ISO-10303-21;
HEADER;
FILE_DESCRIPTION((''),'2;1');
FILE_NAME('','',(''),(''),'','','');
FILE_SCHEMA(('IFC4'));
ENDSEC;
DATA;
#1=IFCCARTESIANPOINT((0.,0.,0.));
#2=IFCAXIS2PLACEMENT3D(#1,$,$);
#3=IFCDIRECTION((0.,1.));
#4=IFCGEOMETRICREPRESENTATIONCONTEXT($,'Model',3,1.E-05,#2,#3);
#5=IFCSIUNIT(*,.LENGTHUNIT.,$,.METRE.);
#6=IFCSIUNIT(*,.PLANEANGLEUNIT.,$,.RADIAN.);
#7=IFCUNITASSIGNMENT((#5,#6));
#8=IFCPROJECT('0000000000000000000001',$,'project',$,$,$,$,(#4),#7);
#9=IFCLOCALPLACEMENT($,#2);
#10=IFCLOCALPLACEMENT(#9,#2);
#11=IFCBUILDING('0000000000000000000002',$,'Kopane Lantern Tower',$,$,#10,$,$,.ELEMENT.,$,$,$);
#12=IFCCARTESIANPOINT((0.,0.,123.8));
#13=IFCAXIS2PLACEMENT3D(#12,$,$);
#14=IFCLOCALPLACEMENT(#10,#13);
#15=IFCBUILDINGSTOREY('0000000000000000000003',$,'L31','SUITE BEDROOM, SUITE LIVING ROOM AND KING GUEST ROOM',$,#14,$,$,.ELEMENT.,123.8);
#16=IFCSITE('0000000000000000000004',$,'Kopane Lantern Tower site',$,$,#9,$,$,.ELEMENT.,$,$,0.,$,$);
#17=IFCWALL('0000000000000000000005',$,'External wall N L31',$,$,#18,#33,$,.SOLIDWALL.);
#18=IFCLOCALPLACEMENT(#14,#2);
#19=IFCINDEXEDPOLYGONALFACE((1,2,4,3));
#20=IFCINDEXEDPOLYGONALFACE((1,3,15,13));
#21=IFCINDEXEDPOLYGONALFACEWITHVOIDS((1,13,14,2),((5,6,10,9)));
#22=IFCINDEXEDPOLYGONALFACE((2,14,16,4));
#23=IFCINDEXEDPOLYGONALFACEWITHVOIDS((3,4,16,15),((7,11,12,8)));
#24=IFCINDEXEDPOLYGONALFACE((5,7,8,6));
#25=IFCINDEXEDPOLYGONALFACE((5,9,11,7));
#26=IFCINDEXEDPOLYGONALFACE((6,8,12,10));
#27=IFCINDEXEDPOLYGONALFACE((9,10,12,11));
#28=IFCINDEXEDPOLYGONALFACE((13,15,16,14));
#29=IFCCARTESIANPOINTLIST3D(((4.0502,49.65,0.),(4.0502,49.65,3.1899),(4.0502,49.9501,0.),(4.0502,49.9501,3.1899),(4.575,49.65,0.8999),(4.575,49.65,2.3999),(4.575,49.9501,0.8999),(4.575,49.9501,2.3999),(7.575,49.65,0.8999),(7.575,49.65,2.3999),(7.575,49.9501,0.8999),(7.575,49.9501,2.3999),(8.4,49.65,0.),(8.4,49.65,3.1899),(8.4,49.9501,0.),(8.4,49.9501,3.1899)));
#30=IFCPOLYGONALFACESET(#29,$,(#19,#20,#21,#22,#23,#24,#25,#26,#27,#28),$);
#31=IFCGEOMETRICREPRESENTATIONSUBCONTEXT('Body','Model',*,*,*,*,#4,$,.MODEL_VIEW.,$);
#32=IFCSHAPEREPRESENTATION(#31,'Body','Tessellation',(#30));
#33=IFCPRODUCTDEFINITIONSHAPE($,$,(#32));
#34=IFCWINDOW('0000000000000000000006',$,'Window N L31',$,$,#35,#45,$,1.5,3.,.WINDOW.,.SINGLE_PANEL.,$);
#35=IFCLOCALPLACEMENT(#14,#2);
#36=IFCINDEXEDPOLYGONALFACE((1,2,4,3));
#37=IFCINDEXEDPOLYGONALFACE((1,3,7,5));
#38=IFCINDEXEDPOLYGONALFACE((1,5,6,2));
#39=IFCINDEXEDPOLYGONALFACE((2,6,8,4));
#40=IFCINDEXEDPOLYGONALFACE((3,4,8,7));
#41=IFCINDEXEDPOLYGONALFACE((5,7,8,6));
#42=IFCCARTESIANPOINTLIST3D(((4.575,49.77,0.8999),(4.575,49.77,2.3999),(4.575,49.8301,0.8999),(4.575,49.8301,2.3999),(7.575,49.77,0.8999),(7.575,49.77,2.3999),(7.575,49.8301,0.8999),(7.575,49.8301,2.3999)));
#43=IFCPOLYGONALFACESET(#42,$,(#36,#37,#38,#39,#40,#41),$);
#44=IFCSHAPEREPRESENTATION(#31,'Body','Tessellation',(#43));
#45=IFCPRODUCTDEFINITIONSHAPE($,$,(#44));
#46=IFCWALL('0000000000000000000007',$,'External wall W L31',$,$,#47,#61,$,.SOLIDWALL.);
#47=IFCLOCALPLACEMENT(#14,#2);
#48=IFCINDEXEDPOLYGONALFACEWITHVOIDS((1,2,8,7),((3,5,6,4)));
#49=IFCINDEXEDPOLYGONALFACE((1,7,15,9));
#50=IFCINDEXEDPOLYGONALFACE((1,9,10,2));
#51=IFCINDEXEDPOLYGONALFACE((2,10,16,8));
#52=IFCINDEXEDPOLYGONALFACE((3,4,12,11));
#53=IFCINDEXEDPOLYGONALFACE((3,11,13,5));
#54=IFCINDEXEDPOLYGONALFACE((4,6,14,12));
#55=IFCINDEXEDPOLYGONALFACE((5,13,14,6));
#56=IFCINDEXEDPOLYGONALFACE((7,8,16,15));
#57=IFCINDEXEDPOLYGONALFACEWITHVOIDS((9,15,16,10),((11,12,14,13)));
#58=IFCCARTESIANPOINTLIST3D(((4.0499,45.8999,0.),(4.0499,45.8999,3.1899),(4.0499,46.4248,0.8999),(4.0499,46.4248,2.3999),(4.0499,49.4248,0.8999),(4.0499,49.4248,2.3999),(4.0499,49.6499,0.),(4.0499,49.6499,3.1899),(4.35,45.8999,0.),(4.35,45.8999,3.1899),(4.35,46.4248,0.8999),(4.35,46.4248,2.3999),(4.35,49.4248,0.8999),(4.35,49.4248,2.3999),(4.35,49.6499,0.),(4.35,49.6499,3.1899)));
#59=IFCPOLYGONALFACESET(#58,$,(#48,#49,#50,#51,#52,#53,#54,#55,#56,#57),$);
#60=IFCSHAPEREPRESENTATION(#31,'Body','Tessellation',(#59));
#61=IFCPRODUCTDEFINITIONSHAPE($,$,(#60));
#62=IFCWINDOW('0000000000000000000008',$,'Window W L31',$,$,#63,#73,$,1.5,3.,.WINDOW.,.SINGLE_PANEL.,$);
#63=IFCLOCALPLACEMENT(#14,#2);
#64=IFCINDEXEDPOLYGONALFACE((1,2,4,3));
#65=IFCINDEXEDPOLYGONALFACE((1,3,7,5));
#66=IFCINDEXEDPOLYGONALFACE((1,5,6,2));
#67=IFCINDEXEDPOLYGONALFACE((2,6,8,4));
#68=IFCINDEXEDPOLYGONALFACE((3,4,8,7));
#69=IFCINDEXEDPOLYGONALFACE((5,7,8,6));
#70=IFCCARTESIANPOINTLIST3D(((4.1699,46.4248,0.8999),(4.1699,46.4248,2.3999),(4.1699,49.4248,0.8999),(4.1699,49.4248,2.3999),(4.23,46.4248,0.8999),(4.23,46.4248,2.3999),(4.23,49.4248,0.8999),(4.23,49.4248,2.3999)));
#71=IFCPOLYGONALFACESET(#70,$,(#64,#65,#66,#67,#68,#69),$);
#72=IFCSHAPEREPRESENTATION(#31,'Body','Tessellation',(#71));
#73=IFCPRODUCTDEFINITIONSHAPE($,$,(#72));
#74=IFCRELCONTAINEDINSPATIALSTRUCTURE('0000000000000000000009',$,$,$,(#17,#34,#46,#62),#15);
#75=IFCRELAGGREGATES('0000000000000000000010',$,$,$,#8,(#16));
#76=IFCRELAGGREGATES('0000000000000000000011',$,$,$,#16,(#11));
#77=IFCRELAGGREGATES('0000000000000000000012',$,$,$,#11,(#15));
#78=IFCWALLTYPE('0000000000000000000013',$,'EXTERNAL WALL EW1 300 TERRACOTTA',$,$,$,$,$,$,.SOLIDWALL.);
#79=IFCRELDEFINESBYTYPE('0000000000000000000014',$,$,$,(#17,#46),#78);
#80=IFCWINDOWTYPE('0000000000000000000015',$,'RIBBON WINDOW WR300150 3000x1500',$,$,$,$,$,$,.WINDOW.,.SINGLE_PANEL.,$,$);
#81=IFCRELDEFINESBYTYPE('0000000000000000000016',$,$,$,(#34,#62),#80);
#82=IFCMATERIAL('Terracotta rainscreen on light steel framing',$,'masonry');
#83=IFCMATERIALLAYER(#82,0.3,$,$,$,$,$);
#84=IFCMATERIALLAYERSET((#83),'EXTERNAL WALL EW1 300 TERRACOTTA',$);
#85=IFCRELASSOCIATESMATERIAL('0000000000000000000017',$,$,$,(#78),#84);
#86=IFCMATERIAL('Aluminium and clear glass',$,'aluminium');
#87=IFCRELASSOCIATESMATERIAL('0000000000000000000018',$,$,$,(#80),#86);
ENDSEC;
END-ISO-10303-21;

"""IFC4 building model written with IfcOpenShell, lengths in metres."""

from ifc_helpers import new_model, si_unit, direction, frame, frame_2d, origin, place, context, subcontext, project, spatial, rectangle, extrude, material, layer, layer_set, type_object, element, fill, save


model = new_model("IFC4")

# Units and contexts
model_context = context("Model", 3, precision=1e-05, world=origin(), true_north=direction((0.0, 1.0)))
body_context = subcontext(model_context, "Body", "Model", "MODEL_VIEW")
ifc_project = project(units=[si_unit("LENGTHUNIT", "METRE"), si_unit("PLANEANGLEUNIT", "RADIAN")], contexts=[model_context])

# Site, building, storey
site_placement = place(None, origin())
site = spatial("IfcSite", under=ifc_project, at=site_placement, Name="Kopane Lantern Tower site", CompositionType="ELEMENT", RefElevation=0.0)
building_placement = place(site_placement, origin())
building = spatial("IfcBuilding", under=site, at=building_placement, Name="Kopane Lantern Tower", CompositionType="ELEMENT")
storey_placement = place(building_placement, frame((0.0, 0.0, 123.8)))
storey = spatial("IfcBuildingStorey", under=building, at=storey_placement, Name="L31", Description="SUITE BEDROOM, SUITE LIVING ROOM AND KING GUEST ROOM", CompositionType="ELEMENT", Elevation=123.8)

# Walls, openings, windows
ifc_material_1 = material(Name="Terracotta rainscreen on light steel framing", Category="masonry")
ifc_layer_1 = layer(ifc_material_1, 0.3)
ifc_layer_set_1 = layer_set([ifc_layer_1], Name="EXTERNAL WALL EW1 300 TERRACOTTA")
wall_type_1 = type_object("IfcWallType", Name="EXTERNAL WALL EW1 300 TERRACOTTA", PredefinedType="SOLIDWALL", material=ifc_layer_set_1)
ifc_material_2 = material(Name="Aluminium and clear glass", Category="aluminium")
window_type = type_object("IfcWindowType", Name="RIBBON WINDOW WR300150 3000x1500", PartitioningType="SINGLE_PANEL", PredefinedType="WINDOW", material=ifc_material_2)
wall_1_placement = place(storey_placement, frame((8.3999, 49.8, 0.0), z_axis=(0.0, 0.0, 1.0), x_axis=(-1.0, 0.0, 0.0)))
wall_1 = element("IfcWall", 1, at=wall_1_placement, inside=storey, type_object=wall_type_1, Name="External wall N L31", PredefinedType="SOLIDWALL", context=body_context, shape_type="SweptSolid", body=[
    extrude(rectangle(XDim=4.3499, YDim=0.3, at=frame_2d((2.1748, 0.0))), origin(), (0.0, 0.0, 1.0), 3.1899),
])
opening_1_placement = place(wall_1_placement, frame((0.825, 0.0, 0.8999)))
opening_1 = element("IfcOpeningElement", 2, at=opening_1_placement, cuts=wall_1, PredefinedType="OPENING", context=body_context, shape_type="SweptSolid", body=[
    extrude(rectangle(XDim=3.0, YDim=1.5, at=frame_2d((1.5, 0.75))), frame((0.0, 0.1599, 0.0), z_axis=(0.0, -1.0, 0.0), x_axis=(1.0, 0.0, 0.0)), (0.0, 0.0, 1.0), 0.3201),
])
window_1_placement = place(opening_1_placement, origin())
window_1 = element("IfcWindow", 3, at=window_1_placement, inside=storey, type_object=window_type, Name="Window N L31", OverallHeight=1.5, OverallWidth=3.0, PartitioningType="SINGLE_PANEL", PredefinedType="WINDOW", context=body_context, shape_type="SweptSolid", body=[
    extrude(rectangle(XDim=3.0, YDim=1.5, at=frame_2d((1.5, 0.75))), frame((0.0, 0.03, 0.0), z_axis=(0.0, -1.0, 0.0), x_axis=(1.0, 0.0, 0.0)), (0.0, 0.0, 1.0), 0.0601),
])
fill(opening_1, window_1)
wall_2_placement = place(storey_placement, frame((4.2, 49.6499, 0.0), z_axis=(0.0, 0.0, 1.0), x_axis=(0.0, -1.0, 0.0)))
wall_2 = element("IfcWall", 4, at=wall_2_placement, inside=storey, type_object=wall_type_1, Name="External wall W L31", PredefinedType="SOLIDWALL", context=body_context, shape_type="SweptSolid", body=[
    extrude(rectangle(XDim=3.75, YDim=0.3, at=frame_2d((1.875, 0.0))), origin(), (0.0, 0.0, 1.0), 3.1899),
])
opening_2_placement = place(wall_2_placement, frame((0.2251, 0.0, 0.8999)))
opening_2 = element("IfcOpeningElement", 5, at=opening_2_placement, cuts=wall_2, PredefinedType="OPENING", context=body_context, shape_type="SweptSolid", body=[
    extrude(rectangle(XDim=3.0, YDim=1.5, at=frame_2d((1.5, 0.75))), frame((0.0, 0.1599, 0.0), z_axis=(0.0, -1.0, 0.0), x_axis=(1.0, 0.0, 0.0)), (0.0, 0.0, 1.0), 0.3201),
])
window_2_placement = place(opening_2_placement, origin())
window_2 = element("IfcWindow", 6, at=window_2_placement, inside=storey, type_object=window_type, Name="Window W L31", OverallHeight=1.5, OverallWidth=3.0, PartitioningType="SINGLE_PANEL", PredefinedType="WINDOW", context=body_context, shape_type="SweptSolid", body=[
    extrude(rectangle(XDim=3.0, YDim=1.5, at=frame_2d((1.5, 0.75))), frame((0.0, 0.03, 0.0), z_axis=(0.0, -1.0, 0.0), x_axis=(1.0, 0.0, 0.0)), (0.0, 0.0, 1.0), 0.0601),
])
fill(opening_2, window_2)

save(model, "model.ifc")
